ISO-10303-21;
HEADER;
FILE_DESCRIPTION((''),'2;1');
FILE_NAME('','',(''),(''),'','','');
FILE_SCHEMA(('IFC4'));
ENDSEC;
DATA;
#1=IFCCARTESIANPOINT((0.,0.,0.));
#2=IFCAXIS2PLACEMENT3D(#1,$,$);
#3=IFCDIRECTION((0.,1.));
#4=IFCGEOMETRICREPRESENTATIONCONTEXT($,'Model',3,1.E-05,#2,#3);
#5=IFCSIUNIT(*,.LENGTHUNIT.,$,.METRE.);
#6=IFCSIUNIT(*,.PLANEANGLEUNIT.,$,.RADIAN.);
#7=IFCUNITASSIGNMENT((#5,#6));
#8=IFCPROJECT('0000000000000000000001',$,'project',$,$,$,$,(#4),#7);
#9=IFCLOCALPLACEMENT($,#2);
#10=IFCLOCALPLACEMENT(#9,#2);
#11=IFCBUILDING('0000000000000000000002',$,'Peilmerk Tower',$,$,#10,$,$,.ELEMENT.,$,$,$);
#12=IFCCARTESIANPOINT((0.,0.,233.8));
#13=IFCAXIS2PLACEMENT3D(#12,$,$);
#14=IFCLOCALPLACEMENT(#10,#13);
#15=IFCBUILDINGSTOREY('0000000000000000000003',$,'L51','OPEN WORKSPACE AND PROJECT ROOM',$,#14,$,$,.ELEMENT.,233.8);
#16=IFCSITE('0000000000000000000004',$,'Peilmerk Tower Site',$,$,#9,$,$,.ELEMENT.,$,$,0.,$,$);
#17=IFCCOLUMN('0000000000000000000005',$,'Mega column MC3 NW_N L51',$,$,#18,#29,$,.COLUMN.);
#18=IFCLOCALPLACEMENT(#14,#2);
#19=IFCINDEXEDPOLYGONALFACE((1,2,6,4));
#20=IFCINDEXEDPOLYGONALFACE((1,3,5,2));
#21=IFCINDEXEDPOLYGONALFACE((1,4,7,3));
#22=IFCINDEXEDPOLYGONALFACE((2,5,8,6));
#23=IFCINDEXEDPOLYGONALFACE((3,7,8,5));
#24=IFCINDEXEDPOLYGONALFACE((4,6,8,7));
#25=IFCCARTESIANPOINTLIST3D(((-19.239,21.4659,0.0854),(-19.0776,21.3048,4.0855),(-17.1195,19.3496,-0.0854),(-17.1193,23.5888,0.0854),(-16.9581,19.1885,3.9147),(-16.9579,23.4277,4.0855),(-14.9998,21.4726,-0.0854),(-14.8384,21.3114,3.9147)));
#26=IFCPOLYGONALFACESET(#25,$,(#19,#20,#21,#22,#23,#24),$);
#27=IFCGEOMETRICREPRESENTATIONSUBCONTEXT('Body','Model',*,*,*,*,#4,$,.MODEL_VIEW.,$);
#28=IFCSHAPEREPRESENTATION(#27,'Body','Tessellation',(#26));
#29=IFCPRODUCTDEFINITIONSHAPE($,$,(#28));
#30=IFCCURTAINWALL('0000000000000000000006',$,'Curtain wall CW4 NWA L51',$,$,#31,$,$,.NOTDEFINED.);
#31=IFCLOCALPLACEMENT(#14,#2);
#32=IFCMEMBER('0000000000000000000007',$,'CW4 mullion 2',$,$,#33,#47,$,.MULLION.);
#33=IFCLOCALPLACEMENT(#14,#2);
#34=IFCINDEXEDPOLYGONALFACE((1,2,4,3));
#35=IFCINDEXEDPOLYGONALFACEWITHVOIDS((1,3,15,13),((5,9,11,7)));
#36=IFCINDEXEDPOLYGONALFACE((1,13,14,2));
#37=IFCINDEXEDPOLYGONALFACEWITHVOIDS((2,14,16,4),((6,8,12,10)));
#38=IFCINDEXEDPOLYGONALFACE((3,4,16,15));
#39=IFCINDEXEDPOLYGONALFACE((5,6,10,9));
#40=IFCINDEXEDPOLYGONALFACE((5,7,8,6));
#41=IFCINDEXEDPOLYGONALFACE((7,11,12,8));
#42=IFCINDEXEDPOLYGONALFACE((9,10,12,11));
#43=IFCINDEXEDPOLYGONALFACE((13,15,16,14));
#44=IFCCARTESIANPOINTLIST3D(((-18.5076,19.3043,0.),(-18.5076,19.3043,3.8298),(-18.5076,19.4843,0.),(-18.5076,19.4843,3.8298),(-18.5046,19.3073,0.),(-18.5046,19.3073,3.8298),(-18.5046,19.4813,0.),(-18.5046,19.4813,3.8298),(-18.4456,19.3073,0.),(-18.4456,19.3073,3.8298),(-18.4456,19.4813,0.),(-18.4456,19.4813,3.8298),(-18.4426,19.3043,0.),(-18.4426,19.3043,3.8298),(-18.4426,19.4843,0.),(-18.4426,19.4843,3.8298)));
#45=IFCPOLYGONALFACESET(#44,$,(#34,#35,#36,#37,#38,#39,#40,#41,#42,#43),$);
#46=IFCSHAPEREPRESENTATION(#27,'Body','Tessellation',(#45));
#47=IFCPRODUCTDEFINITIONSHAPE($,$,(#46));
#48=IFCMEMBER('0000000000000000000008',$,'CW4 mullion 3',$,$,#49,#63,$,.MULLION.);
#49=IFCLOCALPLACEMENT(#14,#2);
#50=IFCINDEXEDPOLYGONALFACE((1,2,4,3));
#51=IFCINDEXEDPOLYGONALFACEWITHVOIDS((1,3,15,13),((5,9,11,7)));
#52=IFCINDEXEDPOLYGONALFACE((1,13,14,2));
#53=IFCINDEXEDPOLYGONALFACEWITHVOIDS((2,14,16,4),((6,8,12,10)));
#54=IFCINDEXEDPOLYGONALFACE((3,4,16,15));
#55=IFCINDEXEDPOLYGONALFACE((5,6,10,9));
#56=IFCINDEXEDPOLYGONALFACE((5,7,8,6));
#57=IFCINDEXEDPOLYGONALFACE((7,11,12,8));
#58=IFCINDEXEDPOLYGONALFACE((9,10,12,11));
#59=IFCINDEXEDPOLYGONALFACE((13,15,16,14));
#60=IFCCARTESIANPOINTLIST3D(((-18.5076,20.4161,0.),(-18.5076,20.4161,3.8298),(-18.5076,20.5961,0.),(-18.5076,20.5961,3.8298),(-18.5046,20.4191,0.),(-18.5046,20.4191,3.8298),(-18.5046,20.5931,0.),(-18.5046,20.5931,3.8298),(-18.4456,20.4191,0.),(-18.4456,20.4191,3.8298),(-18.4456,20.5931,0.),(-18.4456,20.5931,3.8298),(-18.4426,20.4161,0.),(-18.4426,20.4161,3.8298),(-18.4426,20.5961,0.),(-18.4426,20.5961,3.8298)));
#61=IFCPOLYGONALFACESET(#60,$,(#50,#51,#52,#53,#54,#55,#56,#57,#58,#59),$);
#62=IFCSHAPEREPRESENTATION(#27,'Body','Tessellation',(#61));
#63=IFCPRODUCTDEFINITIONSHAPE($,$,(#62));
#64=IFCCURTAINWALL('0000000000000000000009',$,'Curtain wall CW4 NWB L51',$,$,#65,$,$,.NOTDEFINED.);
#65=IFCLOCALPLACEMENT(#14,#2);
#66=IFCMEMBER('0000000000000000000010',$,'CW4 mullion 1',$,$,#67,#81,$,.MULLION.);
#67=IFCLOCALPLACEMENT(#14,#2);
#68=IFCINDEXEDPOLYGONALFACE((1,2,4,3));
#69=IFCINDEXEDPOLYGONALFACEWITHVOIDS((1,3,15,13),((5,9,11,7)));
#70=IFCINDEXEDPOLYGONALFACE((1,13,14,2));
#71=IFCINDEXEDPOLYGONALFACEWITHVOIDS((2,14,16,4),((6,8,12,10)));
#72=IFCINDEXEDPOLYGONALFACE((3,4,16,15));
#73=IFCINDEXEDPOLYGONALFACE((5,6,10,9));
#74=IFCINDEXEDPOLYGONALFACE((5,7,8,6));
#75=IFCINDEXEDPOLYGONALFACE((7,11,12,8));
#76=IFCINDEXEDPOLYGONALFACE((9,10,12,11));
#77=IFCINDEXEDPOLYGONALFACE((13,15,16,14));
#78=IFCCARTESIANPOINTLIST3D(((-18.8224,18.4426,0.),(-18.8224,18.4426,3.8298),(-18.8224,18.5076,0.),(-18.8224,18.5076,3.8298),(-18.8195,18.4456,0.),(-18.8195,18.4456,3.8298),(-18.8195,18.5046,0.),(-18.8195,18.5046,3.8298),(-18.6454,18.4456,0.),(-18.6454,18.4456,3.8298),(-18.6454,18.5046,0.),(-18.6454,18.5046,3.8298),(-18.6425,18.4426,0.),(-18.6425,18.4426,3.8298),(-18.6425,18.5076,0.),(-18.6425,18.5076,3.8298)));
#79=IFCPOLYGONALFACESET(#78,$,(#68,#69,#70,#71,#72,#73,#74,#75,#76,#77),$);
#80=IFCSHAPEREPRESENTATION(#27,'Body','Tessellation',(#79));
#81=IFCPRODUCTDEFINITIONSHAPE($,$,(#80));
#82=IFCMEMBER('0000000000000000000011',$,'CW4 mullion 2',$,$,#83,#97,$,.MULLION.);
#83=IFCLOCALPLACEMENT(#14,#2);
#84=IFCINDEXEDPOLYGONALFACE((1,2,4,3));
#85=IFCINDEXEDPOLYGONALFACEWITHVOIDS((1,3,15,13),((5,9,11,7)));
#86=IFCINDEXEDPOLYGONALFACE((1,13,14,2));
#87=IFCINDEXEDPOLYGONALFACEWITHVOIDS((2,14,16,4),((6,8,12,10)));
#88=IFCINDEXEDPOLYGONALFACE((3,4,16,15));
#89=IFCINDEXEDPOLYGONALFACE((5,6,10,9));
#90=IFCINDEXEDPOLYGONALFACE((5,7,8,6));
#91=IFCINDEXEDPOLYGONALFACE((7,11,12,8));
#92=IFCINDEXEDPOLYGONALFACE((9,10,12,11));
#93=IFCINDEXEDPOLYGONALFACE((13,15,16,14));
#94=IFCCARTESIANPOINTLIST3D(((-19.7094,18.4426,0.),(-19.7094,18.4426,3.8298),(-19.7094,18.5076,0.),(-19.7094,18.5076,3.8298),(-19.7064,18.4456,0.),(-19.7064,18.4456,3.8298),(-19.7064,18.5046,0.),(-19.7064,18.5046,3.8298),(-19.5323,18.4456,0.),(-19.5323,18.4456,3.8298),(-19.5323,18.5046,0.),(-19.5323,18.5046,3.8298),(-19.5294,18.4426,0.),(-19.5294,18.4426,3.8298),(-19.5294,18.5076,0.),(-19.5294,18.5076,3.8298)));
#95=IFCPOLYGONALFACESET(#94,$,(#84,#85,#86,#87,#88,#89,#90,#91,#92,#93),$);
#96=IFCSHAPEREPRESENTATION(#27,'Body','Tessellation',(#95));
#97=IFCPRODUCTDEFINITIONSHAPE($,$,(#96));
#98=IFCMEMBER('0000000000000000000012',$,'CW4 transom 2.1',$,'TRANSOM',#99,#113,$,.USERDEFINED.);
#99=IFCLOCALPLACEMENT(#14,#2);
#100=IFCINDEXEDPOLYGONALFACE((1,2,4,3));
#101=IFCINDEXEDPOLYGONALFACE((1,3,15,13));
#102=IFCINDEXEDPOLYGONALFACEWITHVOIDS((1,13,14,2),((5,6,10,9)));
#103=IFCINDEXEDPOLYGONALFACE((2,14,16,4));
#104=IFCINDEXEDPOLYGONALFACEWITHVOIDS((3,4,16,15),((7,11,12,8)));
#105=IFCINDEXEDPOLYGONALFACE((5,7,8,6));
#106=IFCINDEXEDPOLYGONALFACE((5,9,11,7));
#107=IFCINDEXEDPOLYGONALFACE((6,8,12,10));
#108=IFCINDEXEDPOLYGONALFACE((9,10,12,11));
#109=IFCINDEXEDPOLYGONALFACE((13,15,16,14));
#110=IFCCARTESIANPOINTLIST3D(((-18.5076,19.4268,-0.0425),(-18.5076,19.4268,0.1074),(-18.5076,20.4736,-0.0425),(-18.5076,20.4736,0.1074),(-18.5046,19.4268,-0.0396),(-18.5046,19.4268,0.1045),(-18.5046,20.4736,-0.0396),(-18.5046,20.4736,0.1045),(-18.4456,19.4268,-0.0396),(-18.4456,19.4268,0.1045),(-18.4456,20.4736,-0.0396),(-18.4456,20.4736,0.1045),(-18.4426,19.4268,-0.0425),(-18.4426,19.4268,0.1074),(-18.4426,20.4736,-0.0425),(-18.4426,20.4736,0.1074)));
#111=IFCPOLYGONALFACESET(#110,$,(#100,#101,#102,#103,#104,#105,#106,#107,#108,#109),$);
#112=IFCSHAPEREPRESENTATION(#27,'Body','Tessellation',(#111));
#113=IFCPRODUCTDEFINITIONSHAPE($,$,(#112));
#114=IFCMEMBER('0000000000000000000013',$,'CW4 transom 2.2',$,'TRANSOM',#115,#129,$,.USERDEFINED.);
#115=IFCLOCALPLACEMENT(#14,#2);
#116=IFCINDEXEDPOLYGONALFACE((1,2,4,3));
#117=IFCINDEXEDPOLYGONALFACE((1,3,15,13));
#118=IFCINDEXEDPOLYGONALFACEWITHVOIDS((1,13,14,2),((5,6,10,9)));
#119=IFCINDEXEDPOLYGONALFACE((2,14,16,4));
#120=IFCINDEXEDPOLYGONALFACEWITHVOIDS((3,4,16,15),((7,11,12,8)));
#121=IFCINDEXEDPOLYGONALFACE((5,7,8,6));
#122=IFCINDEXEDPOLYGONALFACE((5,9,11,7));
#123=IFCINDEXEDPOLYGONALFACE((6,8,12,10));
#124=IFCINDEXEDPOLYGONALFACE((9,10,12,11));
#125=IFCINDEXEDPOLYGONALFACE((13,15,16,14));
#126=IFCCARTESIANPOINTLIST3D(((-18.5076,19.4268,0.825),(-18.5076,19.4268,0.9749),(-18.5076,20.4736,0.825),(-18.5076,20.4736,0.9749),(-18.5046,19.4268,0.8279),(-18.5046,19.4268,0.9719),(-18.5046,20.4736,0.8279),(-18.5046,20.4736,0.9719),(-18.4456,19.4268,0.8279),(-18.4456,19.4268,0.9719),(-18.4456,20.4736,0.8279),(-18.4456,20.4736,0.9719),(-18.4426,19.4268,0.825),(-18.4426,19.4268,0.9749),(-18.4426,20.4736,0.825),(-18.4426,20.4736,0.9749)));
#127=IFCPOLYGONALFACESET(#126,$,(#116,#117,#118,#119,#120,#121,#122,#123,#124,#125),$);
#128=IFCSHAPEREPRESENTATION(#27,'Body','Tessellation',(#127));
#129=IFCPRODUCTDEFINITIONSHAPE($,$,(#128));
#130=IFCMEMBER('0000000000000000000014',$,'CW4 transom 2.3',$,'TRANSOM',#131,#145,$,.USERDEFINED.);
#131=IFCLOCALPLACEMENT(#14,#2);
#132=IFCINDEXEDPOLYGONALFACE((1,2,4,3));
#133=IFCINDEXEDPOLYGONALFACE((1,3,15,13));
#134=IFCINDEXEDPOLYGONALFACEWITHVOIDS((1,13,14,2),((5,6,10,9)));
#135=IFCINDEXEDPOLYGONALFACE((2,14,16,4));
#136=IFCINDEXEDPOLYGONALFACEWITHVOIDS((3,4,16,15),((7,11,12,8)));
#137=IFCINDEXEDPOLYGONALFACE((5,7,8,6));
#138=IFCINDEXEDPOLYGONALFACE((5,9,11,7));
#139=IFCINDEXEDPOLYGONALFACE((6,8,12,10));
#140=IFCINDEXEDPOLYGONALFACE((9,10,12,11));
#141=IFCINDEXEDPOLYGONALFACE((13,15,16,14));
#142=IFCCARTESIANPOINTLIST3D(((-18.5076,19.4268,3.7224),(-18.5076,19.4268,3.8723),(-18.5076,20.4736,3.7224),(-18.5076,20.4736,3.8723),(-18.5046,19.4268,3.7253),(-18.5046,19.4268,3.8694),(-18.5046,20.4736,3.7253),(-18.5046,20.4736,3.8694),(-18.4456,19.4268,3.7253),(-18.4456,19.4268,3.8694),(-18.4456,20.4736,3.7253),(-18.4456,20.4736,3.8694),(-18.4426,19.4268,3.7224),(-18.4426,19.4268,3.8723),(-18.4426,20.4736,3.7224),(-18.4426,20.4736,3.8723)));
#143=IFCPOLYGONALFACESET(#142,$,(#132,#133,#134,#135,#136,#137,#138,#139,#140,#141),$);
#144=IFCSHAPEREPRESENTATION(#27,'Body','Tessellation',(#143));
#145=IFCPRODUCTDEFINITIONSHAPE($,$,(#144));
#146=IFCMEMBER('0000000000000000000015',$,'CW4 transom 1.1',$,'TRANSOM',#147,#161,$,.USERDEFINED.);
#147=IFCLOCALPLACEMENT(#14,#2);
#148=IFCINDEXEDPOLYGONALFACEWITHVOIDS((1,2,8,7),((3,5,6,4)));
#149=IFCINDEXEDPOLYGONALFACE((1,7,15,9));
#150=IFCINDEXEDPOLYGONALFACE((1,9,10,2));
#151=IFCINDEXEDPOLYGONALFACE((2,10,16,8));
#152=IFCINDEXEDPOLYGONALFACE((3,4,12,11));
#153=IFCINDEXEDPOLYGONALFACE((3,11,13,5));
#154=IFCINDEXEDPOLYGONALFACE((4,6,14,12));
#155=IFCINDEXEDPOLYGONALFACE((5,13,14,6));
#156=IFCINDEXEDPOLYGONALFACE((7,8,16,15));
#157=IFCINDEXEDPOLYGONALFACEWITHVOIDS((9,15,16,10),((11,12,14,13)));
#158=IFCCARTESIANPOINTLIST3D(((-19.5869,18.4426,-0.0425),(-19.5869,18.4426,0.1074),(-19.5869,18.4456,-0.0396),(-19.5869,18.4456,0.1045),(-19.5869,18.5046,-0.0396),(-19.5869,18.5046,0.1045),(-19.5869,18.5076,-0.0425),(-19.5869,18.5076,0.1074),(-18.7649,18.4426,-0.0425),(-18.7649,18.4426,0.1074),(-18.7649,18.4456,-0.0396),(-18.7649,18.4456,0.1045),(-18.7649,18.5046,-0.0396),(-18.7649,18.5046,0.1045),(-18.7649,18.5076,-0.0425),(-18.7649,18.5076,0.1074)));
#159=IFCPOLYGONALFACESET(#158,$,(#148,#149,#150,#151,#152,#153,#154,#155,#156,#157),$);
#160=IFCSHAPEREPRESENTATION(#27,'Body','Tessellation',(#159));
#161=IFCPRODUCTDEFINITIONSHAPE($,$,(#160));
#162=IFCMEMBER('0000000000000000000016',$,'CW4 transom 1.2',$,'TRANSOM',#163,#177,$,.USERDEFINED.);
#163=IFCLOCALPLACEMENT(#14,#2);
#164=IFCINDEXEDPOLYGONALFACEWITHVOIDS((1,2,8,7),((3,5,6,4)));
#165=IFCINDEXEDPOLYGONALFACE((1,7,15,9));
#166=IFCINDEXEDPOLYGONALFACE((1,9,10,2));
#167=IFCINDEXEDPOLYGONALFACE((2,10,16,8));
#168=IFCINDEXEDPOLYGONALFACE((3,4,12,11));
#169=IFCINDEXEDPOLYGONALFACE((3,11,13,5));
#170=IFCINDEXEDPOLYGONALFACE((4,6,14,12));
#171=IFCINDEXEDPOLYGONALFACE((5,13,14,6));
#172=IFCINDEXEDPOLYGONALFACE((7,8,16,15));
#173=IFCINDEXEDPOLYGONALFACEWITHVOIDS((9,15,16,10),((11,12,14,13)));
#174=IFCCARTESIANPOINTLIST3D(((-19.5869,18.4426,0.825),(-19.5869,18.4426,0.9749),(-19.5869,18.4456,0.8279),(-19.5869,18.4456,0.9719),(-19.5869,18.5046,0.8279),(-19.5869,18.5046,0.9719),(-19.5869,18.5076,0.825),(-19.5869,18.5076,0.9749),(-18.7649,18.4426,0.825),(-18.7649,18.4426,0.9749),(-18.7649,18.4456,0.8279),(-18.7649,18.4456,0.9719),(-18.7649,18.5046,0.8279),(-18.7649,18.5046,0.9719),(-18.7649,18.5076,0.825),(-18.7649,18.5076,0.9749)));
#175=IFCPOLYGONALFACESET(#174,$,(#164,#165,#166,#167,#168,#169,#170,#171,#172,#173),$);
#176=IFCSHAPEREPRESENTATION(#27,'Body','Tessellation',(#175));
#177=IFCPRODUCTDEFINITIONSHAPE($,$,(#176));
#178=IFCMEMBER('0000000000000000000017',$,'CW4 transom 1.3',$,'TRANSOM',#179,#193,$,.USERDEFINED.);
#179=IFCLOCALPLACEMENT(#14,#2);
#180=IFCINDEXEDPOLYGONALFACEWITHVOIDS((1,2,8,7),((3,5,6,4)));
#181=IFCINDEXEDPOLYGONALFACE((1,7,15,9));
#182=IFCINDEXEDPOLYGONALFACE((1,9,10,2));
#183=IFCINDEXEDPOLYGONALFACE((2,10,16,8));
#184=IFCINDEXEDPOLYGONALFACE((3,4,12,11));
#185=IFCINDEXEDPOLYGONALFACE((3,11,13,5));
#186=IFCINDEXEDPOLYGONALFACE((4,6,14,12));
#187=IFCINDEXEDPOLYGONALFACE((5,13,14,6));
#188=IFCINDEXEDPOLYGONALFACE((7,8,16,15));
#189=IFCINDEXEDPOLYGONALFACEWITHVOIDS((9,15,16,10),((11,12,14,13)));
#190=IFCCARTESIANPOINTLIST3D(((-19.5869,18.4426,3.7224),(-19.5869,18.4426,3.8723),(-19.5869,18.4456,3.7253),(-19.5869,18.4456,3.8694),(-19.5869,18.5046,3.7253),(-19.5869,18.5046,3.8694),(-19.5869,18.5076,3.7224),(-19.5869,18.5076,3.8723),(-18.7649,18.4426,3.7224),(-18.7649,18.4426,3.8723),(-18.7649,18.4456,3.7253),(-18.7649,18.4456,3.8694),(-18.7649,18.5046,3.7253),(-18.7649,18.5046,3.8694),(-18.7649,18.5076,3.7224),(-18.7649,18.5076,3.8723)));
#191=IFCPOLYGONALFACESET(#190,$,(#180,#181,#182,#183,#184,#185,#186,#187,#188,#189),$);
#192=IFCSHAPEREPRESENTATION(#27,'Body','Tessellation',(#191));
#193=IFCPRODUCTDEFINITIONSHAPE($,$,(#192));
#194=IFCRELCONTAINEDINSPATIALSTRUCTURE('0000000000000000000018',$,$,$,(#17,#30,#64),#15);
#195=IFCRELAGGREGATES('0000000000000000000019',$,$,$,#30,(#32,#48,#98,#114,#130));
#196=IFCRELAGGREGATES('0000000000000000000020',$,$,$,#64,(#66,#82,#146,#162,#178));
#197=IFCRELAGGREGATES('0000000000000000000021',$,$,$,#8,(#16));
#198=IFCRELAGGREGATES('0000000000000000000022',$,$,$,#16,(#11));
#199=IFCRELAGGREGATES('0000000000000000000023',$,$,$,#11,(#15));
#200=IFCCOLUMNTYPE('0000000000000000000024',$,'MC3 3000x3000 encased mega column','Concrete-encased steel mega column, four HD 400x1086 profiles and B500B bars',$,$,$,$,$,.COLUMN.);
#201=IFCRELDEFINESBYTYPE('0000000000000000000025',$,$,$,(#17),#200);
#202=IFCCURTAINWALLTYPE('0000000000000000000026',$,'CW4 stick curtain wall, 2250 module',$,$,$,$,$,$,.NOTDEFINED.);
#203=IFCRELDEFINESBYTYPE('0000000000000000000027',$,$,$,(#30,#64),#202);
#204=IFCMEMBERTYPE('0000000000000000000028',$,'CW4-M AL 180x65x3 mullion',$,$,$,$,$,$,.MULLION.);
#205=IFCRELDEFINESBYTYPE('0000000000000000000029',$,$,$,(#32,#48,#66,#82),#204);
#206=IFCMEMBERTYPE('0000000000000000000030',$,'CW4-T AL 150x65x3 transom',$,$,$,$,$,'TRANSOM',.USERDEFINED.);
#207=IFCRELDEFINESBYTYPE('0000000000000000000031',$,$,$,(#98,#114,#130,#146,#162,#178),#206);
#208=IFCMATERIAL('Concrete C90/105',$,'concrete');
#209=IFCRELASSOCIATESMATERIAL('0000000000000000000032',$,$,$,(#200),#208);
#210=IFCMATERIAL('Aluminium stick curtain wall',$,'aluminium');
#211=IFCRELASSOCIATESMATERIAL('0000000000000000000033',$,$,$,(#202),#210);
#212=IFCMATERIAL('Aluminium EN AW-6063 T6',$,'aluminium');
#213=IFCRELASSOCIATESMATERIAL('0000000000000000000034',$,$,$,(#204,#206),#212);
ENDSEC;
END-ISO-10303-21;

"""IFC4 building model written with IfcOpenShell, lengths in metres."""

from ifc_helpers import new_model, si_unit, direction, frame, origin, origin_2d, place, context, subcontext, project, spatial, rectangle, hollow_rectangle, extrude, material, material_profile, profile_set, type_object, element, aggregate, save


model = new_model("IFC4")

# Units and contexts
model_context = context("Model", 3, precision=1e-05, world=origin(), true_north=direction((0.0, 1.0)))
body_context = subcontext(model_context, "Body", "Model", "MODEL_VIEW")
ifc_project = project(units=[si_unit("LENGTHUNIT", "METRE"), si_unit("PLANEANGLEUNIT", "RADIAN")], contexts=[model_context])

# Site, building, storey
site_placement = place(None, origin())
site = spatial("IfcSite", under=ifc_project, at=site_placement, Name="Peilmerk Tower Site", CompositionType="ELEMENT", RefElevation=0.0)
building_placement = place(site_placement, origin())
building = spatial("IfcBuilding", under=site, at=building_placement, Name="Peilmerk Tower", CompositionType="ELEMENT")
storey_placement = place(building_placement, frame((0.0, 0.0, 233.8)))
storey = spatial("IfcBuildingStorey", under=building, at=storey_placement, Name="L51", Description="OPEN WORKSPACE AND PROJECT ROOM", CompositionType="ELEMENT", Elevation=233.8)

# Column
ifc_material_1 = material(Name="Concrete C90/105", Category="concrete")
ifc_material_profile_1 = material_profile(ifc_material_1, rectangle(XDim=3.0, YDim=3.0, at=origin_2d()), Name="RC 3000x3000")
ifc_profile_set_1 = profile_set([ifc_material_profile_1], Name="Concrete C90/105")
column_type = type_object("IfcColumnType", Name="MC3 3000x3000 encased mega column", Description="Concrete-encased steel mega column, four HD 400x1086 profiles and B500B bars", PredefinedType="COLUMN", material=ifc_profile_set_1)
column_placement = place(storey_placement, frame((-17.1194, 21.4692, 0.0), z_axis=(0.040279, -0.040218, 0.998379), x_axis=(0.706571, 0.707642, 0.0)))
element("IfcColumn", 1, at=column_placement, inside=storey, type_object=column_type, Name="Mega column MC3 NW_N L51", PredefinedType="COLUMN", context=body_context, shape_type="SweptSolid", body=[
    extrude(rectangle(XDim=3.0, YDim=3.0, at=origin_2d()), origin(), (0.0, 0.0, 1.0), 4.0066),
])

# Curtain walls, members
ifc_material_2 = material(Name="Aluminium stick curtain wall", Category="aluminium")
curtain_wall_type = type_object("IfcCurtainWallType", Name="CW4 stick curtain wall, 2250 module", PredefinedType="NOTDEFINED", material=ifc_material_2)
curtain_wall_1_placement = place(storey_placement, origin())
curtain_wall_1 = element("IfcCurtainWall", 2, at=curtain_wall_1_placement, inside=storey, type_object=curtain_wall_type, Name="Curtain wall CW4 NWA L51", PredefinedType="NOTDEFINED")
ifc_material_3 = material(Name="Aluminium EN AW-6063 T6", Category="aluminium")
ifc_material_profile_2 = material_profile(ifc_material_3, hollow_rectangle(XDim=0.0649, YDim=0.1799, WallThickness=0.0029, at=origin_2d()), Name="AL 180x65x3")
ifc_profile_set_2 = profile_set([ifc_material_profile_2], Name="Aluminium EN AW-6063 T6")
member_type_1 = type_object("IfcMemberType", Name="CW4-M AL 180x65x3 mullion", PredefinedType="MULLION", material=ifc_profile_set_2)
member_1_placement = place(storey_placement, frame((-18.4751, 19.3943, 0.0), z_axis=(0.0, 0.0, 1.0), x_axis=(-1.0, 0.0, 0.0)))
member_1 = element("IfcMember", 3, at=member_1_placement, type_object=member_type_1, Name="CW4 mullion 2", PredefinedType="MULLION", context=body_context, shape_type="SweptSolid", body=[
    extrude(hollow_rectangle(XDim=0.0649, YDim=0.1799, WallThickness=0.0029, at=origin_2d()), origin(), (0.0, 0.0, 1.0), 3.8298),
])
member_2_placement = place(storey_placement, frame((-18.4751, 20.5061, 0.0), z_axis=(0.0, 0.0, 1.0), x_axis=(-1.0, 0.0, 0.0)))
member_2 = element("IfcMember", 4, at=member_2_placement, type_object=member_type_1, Name="CW4 mullion 3", PredefinedType="MULLION", context=body_context, shape_type="SweptSolid", body=[
    extrude(hollow_rectangle(XDim=0.0649, YDim=0.1799, WallThickness=0.0029, at=origin_2d()), origin(), (0.0, 0.0, 1.0), 3.8298),
])
curtain_wall_2_placement = place(storey_placement, origin())
curtain_wall_2 = element("IfcCurtainWall", 5, at=curtain_wall_2_placement, inside=storey, type_object=curtain_wall_type, Name="Curtain wall CW4 NWB L51", PredefinedType="NOTDEFINED")
member_3_placement = place(storey_placement, frame((-18.7324, 18.4751, 0.0), z_axis=(0.0, 0.0, 1.0), x_axis=(0.0, -1.0, 0.0)))
member_3 = element("IfcMember", 6, at=member_3_placement, type_object=member_type_1, Name="CW4 mullion 1", PredefinedType="MULLION", context=body_context, shape_type="SweptSolid", body=[
    extrude(hollow_rectangle(XDim=0.0649, YDim=0.1799, WallThickness=0.0029, at=origin_2d()), origin(), (0.0, 0.0, 1.0), 3.8298),
])
member_4_placement = place(storey_placement, frame((-19.6194, 18.4751, 0.0), z_axis=(0.0, 0.0, 1.0), x_axis=(0.0, -1.0, 0.0)))
member_4 = element("IfcMember", 7, at=member_4_placement, type_object=member_type_1, Name="CW4 mullion 2", PredefinedType="MULLION", context=body_context, shape_type="SweptSolid", body=[
    extrude(hollow_rectangle(XDim=0.0649, YDim=0.1799, WallThickness=0.0029, at=origin_2d()), origin(), (0.0, 0.0, 1.0), 3.8298),
])

# Members
ifc_material_profile_3 = material_profile(ifc_material_3, hollow_rectangle(XDim=0.0649, YDim=0.1499, WallThickness=0.0029, at=origin_2d()), Name="AL 150x65x3")
ifc_profile_set_3 = profile_set([ifc_material_profile_3], Name="Aluminium EN AW-6063 T6")
member_type_2 = type_object("IfcMemberType", Name="CW4-T AL 150x65x3 transom", ElementType="TRANSOM", PredefinedType="USERDEFINED", material=ifc_profile_set_3)
member_5_placement = place(storey_placement, frame((-18.4751, 19.4268, 0.0325), z_axis=(0.0, 1.0, 0.0), x_axis=(-1.0, 0.0, 0.0)))
member_5 = element("IfcMember", 8, at=member_5_placement, type_object=member_type_2, Name="CW4 transom 2.1", ObjectType="TRANSOM", PredefinedType="USERDEFINED", context=body_context, shape_type="SweptSolid", body=[
    extrude(hollow_rectangle(XDim=0.0649, YDim=0.1499, WallThickness=0.0029, at=origin_2d()), origin(), (0.0, 0.0, 1.0), 1.0469),
])
member_6_placement = place(storey_placement, frame((-18.4751, 19.4268, 0.8999), z_axis=(0.0, 1.0, 0.0), x_axis=(-1.0, 0.0, 0.0)))
member_6 = element("IfcMember", 9, at=member_6_placement, type_object=member_type_2, Name="CW4 transom 2.2", ObjectType="TRANSOM", PredefinedType="USERDEFINED", context=body_context, shape_type="SweptSolid", body=[
    extrude(hollow_rectangle(XDim=0.0649, YDim=0.1499, WallThickness=0.0029, at=origin_2d()), origin(), (0.0, 0.0, 1.0), 1.0469),
])
member_7_placement = place(storey_placement, frame((-18.4751, 19.4268, 3.7974), z_axis=(0.0, 1.0, 0.0), x_axis=(-1.0, 0.0, 0.0)))
member_7 = element("IfcMember", 10, at=member_7_placement, type_object=member_type_2, Name="CW4 transom 2.3", ObjectType="TRANSOM", PredefinedType="USERDEFINED", context=body_context, shape_type="SweptSolid", body=[
    extrude(hollow_rectangle(XDim=0.0649, YDim=0.1499, WallThickness=0.0029, at=origin_2d()), origin(), (0.0, 0.0, 1.0), 1.0469),
])
member_8_placement = place(storey_placement, frame((-18.7649, 18.4751, 0.0325), z_axis=(-1.0, 0.0, 0.0), x_axis=(0.0, -1.0, 0.0)))
member_8 = element("IfcMember", 11, at=member_8_placement, type_object=member_type_2, Name="CW4 transom 1.1", ObjectType="TRANSOM", PredefinedType="USERDEFINED", context=body_context, shape_type="SweptSolid", body=[
    extrude(hollow_rectangle(XDim=0.0649, YDim=0.1499, WallThickness=0.0029, at=origin_2d()), origin(), (0.0, 0.0, 1.0), 0.822),
])
member_9_placement = place(storey_placement, frame((-18.7649, 18.4751, 0.8999), z_axis=(-1.0, 0.0, 0.0), x_axis=(0.0, -1.0, 0.0)))
member_9 = element("IfcMember", 12, at=member_9_placement, type_object=member_type_2, Name="CW4 transom 1.2", ObjectType="TRANSOM", PredefinedType="USERDEFINED", context=body_context, shape_type="SweptSolid", body=[
    extrude(hollow_rectangle(XDim=0.0649, YDim=0.1499, WallThickness=0.0029, at=origin_2d()), origin(), (0.0, 0.0, 1.0), 0.822),
])
member_10_placement = place(storey_placement, frame((-18.7649, 18.4751, 3.7974), z_axis=(-1.0, 0.0, 0.0), x_axis=(0.0, -1.0, 0.0)))
member_10 = element("IfcMember", 13, at=member_10_placement, type_object=member_type_2, Name="CW4 transom 1.3", ObjectType="TRANSOM", PredefinedType="USERDEFINED", context=body_context, shape_type="SweptSolid", body=[
    extrude(hollow_rectangle(XDim=0.0649, YDim=0.1499, WallThickness=0.0029, at=origin_2d()), origin(), (0.0, 0.0, 1.0), 0.822),
])

aggregate(curtain_wall_1, [member_1, member_2, member_5, member_6, member_7])
aggregate(curtain_wall_2, [member_3, member_4, member_8, member_9, member_10])

save(model, "model.ifc")
